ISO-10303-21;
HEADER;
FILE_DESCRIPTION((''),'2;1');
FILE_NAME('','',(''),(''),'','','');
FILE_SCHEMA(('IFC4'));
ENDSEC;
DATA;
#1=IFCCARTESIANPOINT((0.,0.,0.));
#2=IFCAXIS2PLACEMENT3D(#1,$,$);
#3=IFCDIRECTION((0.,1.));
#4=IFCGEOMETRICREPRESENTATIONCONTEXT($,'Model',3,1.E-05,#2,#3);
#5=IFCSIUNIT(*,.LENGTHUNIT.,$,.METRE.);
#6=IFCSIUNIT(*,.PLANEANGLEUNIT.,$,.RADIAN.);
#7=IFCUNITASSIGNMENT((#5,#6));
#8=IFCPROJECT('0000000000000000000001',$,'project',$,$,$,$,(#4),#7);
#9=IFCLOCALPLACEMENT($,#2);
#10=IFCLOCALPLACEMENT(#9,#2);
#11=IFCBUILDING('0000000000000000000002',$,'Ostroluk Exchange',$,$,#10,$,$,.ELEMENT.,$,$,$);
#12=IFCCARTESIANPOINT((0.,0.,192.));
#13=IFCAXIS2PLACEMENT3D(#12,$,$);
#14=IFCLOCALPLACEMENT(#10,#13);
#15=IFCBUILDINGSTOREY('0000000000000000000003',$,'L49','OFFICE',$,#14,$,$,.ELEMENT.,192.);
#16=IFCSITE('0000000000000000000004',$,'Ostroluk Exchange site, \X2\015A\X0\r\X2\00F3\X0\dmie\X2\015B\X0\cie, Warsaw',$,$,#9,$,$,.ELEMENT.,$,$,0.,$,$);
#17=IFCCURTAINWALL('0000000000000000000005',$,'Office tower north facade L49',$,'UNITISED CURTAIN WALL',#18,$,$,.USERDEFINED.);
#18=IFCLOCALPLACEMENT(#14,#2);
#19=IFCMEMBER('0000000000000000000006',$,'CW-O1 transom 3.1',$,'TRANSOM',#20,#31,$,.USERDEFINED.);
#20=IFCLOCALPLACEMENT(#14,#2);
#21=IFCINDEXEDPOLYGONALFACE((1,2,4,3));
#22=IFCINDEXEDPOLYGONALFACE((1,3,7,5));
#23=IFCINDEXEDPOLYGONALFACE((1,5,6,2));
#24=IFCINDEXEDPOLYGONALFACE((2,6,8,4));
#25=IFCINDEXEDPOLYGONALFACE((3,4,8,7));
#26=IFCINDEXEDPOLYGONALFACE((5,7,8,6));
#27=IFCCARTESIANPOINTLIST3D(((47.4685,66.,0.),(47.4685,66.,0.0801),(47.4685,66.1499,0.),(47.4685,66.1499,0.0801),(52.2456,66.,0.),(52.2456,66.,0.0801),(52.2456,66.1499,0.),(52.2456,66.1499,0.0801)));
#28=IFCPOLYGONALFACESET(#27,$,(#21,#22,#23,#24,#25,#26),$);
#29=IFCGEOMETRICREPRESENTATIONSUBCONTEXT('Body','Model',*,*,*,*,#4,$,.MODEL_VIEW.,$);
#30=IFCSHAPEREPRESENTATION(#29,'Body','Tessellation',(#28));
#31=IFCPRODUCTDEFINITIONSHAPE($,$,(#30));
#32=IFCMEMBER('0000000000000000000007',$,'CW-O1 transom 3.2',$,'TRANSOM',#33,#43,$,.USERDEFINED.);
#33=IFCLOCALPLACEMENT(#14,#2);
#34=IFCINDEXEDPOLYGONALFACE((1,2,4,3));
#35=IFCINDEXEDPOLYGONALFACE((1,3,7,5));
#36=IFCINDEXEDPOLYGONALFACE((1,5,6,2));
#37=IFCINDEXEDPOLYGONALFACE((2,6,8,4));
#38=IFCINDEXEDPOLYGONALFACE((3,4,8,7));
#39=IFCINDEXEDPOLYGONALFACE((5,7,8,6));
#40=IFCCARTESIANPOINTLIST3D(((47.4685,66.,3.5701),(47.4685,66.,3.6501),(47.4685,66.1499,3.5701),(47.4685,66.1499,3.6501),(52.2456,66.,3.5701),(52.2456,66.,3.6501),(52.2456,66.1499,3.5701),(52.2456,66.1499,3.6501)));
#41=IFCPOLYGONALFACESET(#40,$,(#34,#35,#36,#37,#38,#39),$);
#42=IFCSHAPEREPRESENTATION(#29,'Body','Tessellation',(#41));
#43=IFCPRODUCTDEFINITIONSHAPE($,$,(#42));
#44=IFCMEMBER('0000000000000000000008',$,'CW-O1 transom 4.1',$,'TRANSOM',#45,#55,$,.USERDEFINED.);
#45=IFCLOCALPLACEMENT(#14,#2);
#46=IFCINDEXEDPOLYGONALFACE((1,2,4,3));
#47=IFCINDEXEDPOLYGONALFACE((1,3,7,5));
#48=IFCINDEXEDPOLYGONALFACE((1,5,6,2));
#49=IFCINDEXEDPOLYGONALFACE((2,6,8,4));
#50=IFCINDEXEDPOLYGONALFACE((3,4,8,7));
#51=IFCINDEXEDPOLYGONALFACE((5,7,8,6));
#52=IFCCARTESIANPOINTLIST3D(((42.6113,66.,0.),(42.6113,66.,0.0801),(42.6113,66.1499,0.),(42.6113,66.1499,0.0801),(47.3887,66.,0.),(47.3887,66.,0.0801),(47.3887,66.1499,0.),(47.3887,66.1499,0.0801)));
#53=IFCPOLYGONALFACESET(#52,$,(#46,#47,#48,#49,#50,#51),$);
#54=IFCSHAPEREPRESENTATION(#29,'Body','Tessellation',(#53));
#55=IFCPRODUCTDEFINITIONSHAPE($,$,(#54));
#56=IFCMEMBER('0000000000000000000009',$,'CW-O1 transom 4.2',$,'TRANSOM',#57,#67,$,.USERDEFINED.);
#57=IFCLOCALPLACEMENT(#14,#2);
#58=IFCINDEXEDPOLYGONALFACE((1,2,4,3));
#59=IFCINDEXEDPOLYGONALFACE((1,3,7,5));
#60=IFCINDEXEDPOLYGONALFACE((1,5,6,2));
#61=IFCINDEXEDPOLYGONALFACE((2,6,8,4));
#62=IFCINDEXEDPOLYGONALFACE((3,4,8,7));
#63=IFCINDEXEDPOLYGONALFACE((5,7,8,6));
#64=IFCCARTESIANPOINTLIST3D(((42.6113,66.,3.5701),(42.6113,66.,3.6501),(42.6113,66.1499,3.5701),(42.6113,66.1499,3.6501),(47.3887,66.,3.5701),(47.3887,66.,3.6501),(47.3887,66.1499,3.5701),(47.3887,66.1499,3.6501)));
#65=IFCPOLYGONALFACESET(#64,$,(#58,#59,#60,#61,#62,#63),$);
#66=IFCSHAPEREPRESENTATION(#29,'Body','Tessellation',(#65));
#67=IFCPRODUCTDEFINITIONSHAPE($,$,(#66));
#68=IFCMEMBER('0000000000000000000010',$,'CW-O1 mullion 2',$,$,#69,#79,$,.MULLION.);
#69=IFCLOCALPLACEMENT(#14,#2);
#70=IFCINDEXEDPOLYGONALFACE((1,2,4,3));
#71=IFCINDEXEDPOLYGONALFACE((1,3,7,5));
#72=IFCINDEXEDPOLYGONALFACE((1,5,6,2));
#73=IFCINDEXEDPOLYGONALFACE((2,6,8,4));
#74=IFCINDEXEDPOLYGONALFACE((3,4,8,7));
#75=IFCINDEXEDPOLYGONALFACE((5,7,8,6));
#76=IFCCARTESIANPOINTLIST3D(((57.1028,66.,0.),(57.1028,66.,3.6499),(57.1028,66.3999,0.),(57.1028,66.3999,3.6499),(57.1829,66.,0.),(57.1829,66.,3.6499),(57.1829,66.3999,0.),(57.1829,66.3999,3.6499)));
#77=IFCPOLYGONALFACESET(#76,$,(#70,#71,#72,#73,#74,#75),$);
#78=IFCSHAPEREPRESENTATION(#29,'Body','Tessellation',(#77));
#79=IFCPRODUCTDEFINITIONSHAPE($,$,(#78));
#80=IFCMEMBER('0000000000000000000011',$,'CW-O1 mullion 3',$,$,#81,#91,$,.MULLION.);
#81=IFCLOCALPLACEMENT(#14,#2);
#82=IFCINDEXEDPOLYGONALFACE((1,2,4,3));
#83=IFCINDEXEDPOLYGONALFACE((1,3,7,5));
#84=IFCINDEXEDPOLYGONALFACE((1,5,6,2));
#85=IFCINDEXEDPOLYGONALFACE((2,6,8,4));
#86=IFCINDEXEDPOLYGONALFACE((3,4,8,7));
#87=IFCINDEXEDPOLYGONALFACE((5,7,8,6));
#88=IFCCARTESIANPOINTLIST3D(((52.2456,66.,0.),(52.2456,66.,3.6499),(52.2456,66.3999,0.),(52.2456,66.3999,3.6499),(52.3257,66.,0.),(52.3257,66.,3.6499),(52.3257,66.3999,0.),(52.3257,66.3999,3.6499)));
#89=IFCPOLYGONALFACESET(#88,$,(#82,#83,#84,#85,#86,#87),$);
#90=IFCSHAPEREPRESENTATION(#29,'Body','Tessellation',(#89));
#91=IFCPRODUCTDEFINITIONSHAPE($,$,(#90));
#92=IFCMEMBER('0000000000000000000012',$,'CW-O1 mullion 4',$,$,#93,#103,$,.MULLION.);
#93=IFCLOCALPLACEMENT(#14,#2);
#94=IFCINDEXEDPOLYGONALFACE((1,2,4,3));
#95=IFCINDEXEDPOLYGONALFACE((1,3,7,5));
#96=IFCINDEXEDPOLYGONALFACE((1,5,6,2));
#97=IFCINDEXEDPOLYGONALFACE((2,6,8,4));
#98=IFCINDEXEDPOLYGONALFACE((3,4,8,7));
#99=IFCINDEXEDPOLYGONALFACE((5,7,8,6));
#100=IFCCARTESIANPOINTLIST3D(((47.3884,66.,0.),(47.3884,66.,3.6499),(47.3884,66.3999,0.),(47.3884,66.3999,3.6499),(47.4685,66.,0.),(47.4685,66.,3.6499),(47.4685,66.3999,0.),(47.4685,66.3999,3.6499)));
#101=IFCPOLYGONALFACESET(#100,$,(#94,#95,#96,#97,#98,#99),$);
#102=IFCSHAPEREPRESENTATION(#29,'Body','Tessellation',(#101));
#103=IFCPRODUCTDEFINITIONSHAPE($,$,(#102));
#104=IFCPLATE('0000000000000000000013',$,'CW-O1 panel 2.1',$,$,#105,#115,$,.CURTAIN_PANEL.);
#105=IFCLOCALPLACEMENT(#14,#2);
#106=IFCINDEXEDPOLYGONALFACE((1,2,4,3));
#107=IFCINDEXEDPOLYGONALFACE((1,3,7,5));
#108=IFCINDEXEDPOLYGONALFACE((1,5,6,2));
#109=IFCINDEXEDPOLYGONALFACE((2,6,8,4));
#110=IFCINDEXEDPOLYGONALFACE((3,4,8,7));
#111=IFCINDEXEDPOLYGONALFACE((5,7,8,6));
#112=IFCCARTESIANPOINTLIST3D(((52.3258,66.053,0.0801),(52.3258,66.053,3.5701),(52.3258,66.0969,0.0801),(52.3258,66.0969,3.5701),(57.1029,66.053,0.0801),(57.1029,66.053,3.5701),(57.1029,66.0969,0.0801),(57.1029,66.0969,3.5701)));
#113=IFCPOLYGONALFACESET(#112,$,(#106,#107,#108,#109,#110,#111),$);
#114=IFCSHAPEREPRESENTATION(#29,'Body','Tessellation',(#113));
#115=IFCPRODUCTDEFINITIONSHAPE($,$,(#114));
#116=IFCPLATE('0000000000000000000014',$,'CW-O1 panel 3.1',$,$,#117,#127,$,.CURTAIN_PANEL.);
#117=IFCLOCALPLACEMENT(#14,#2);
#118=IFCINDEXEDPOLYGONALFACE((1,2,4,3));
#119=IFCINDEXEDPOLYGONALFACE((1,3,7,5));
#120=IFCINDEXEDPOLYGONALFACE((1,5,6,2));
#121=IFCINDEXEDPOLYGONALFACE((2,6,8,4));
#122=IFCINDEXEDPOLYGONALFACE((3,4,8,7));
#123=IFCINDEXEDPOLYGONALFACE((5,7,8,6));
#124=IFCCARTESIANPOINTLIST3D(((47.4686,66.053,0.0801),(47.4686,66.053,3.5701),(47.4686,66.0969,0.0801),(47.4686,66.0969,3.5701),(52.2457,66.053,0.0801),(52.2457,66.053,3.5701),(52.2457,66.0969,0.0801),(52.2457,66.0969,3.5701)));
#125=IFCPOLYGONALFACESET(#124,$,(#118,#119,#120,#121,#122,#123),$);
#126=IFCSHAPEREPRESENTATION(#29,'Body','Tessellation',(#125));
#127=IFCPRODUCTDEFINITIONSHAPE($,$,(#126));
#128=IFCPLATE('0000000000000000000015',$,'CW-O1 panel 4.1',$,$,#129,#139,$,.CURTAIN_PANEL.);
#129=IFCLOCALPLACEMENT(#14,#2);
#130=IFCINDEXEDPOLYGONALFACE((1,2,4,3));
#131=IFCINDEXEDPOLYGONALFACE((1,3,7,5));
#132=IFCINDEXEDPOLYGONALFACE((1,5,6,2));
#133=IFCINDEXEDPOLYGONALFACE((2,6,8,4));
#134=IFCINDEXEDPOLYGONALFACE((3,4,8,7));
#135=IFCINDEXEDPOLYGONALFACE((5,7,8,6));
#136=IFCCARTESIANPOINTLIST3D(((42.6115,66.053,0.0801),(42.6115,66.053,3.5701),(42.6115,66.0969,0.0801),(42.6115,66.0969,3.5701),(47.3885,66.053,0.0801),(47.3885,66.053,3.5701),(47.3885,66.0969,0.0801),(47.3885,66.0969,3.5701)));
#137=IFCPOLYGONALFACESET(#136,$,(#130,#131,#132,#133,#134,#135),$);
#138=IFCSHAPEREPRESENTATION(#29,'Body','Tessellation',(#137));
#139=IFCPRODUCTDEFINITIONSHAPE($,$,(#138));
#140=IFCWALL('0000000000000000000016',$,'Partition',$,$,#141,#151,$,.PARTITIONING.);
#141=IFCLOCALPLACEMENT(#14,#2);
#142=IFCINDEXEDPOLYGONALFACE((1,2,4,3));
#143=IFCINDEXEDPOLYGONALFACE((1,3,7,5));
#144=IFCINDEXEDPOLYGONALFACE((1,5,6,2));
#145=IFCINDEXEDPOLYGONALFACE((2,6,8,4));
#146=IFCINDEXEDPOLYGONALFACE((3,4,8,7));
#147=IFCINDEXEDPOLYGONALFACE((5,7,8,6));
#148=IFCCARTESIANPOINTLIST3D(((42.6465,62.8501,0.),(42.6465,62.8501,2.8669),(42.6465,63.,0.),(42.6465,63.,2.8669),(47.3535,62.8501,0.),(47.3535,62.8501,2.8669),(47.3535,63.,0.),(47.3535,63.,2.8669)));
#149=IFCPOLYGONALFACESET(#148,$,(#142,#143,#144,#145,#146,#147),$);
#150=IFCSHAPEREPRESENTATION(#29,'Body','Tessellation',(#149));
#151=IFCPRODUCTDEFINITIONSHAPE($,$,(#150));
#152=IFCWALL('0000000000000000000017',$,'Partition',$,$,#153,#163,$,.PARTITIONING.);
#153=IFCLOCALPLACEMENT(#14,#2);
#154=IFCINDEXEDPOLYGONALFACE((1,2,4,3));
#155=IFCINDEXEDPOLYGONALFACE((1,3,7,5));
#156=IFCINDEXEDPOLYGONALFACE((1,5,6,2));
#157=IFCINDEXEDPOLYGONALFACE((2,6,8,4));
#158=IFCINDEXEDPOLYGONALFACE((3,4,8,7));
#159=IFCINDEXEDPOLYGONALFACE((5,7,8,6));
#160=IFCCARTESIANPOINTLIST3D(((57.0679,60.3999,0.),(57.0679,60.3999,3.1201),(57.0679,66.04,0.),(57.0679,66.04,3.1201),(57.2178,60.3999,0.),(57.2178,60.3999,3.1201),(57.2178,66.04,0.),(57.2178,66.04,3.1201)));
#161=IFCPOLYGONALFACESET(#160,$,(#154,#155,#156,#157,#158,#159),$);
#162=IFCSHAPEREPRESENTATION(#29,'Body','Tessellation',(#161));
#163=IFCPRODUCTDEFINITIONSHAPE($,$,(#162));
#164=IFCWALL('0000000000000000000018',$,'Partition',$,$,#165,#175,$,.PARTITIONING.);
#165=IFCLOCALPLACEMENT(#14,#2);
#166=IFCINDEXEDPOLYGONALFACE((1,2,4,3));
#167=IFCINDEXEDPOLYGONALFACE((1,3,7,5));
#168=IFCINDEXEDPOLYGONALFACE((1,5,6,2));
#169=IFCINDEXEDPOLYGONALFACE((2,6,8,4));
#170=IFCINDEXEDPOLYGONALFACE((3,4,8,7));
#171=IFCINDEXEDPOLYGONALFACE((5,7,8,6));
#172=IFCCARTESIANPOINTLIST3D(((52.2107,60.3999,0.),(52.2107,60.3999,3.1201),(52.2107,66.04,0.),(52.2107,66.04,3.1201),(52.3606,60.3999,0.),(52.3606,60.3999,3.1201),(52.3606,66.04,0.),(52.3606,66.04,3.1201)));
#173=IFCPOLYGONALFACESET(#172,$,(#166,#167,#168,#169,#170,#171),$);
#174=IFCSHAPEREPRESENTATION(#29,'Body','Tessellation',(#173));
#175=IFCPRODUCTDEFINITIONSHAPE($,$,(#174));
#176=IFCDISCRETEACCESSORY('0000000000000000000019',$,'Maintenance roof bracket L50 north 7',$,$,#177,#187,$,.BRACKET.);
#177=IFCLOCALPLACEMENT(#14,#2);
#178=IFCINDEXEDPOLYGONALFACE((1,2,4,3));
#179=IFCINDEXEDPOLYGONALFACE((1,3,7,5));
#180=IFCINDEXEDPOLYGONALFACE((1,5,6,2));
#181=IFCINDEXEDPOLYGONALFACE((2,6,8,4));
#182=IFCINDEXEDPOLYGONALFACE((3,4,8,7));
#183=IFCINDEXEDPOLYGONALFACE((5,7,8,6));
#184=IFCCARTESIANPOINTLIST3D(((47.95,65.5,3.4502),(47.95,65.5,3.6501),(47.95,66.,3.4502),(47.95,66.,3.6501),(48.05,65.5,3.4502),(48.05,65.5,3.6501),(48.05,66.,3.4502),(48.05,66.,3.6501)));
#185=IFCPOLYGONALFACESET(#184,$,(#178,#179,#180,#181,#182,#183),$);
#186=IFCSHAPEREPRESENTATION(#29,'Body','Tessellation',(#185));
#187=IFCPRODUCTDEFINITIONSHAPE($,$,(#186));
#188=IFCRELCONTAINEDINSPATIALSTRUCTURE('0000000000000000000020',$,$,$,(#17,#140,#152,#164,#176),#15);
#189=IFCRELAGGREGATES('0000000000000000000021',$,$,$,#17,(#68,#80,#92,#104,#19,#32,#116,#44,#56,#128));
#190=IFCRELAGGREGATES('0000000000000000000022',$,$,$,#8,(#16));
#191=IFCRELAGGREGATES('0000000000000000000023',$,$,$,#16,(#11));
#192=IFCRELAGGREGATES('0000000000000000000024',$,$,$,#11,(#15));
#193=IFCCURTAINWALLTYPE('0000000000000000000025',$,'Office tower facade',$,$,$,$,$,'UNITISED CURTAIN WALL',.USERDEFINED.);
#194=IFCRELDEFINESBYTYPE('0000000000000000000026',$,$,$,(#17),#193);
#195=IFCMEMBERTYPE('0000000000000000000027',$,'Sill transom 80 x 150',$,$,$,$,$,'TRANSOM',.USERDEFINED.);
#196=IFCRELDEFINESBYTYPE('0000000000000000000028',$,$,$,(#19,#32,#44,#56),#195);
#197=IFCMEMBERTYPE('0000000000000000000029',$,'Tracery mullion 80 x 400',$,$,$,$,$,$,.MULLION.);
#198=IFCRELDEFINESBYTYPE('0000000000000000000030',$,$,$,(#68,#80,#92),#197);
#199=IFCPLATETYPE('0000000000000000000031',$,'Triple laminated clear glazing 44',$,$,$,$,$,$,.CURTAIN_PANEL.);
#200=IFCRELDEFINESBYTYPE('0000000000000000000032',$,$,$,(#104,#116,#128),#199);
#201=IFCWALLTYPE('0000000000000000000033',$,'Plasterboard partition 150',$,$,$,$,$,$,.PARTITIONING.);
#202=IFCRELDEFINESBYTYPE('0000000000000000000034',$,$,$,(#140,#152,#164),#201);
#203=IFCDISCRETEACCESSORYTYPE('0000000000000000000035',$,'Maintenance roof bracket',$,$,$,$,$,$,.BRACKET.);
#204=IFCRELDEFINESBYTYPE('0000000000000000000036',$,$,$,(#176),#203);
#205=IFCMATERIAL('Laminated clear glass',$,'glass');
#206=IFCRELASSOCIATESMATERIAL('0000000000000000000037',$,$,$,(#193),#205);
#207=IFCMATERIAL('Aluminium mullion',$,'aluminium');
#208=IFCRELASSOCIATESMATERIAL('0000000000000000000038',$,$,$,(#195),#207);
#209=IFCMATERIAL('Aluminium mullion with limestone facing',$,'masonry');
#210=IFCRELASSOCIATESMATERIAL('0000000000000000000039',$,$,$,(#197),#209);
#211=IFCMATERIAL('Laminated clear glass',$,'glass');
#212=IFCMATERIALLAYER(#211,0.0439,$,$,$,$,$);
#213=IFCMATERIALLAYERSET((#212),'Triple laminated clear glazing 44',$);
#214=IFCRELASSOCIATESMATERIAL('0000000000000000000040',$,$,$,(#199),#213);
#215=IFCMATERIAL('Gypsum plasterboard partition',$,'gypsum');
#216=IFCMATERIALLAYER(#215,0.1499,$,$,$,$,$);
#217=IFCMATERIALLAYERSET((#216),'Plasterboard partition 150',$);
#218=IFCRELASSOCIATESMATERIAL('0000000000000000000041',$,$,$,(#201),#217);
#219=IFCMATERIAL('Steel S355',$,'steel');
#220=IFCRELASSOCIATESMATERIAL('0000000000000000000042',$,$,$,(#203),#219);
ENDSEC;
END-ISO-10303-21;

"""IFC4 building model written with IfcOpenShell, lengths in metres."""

from ifc_helpers import new_model, si_unit, direction, frame, frame_2d, origin, origin_2d, place, context, subcontext, project, spatial, rectangle, extrude, material, layer, layer_set, material_profile, profile_set, type_object, element, aggregate, save


model = new_model("IFC4")

# Units and contexts
model_context = context("Model", 3, precision=1e-05, world=origin(), true_north=direction((0.0, 1.0)))
body_context = subcontext(model_context, "Body", "Model", "MODEL_VIEW")
ifc_project = project(units=[si_unit("LENGTHUNIT", "METRE"), si_unit("PLANEANGLEUNIT", "RADIAN")], contexts=[model_context])

# Site, building, storey
site_placement = place(None, origin())
site = spatial("IfcSite", under=ifc_project, at=site_placement, Name="Ostroluk Exchange site, Śródmieście, Warsaw", CompositionType="ELEMENT", RefElevation=0.0)
building_placement = place(site_placement, origin())
building = spatial("IfcBuilding", under=site, at=building_placement, Name="Ostroluk Exchange", CompositionType="ELEMENT")
storey_placement = place(building_placement, frame((0.0, 0.0, 192.0)))
storey = spatial("IfcBuildingStorey", under=building, at=storey_placement, Name="L49", Description="OFFICE", CompositionType="ELEMENT", Elevation=192.0)

# Curtain wall, members, plates
ifc_material_1 = material(Name="Laminated clear glass", Category="glass")
curtain_wall_type = type_object("IfcCurtainWallType", Name="Office tower facade", ElementType="UNITISED CURTAIN WALL", PredefinedType="USERDEFINED", material=ifc_material_1)
curtain_wall_placement = place(storey_placement, origin())
curtain_wall = element("IfcCurtainWall", 1, at=curtain_wall_placement, inside=storey, type_object=curtain_wall_type, Name="Office tower north facade L49", ObjectType="UNITISED CURTAIN WALL", PredefinedType="USERDEFINED")
ifc_material_2 = material(Name="Aluminium mullion", Category="aluminium")
ifc_material_profile_1 = material_profile(ifc_material_2, rectangle(XDim=0.1499, YDim=0.0801, at=origin_2d()), Name="Sill transom 80 x 150")
ifc_profile_set_1 = profile_set([ifc_material_profile_1], Name="Aluminium mullion")
member_type_1 = type_object("IfcMemberType", Name="Sill transom 80 x 150", ElementType="TRANSOM", PredefinedType="USERDEFINED", material=ifc_profile_set_1)
member_1_placement = place(storey_placement, frame((52.2456, 66.075, 0.04), z_axis=(-1.0, 0.0, 0.0), x_axis=(0.0, -1.0, 0.0)))
member_1 = element("IfcMember", 2, at=member_1_placement, type_object=member_type_1, Name="CW-O1 transom 3.1", ObjectType="TRANSOM", PredefinedType="USERDEFINED", context=body_context, shape_type="SweptSolid", body=[
    extrude(rectangle(XDim=0.1499, YDim=0.0801, at=origin_2d()), origin(), (0.0, 0.0, 1.0), 4.7771),
])
member_2_placement = place(storey_placement, frame((52.2456, 66.075, 3.6101), z_axis=(-1.0, 0.0, 0.0), x_axis=(0.0, -1.0, 0.0)))
member_2 = element("IfcMember", 3, at=member_2_placement, type_object=member_type_1, Name="CW-O1 transom 3.2", ObjectType="TRANSOM", PredefinedType="USERDEFINED", context=body_context, shape_type="SweptSolid", body=[
    extrude(rectangle(XDim=0.1499, YDim=0.0801, at=origin_2d()), origin(), (0.0, 0.0, 1.0), 4.7771),
])
member_3_placement = place(storey_placement, frame((47.3887, 66.075, 0.04), z_axis=(-1.0, 0.0, 0.0), x_axis=(0.0, -1.0, 0.0)))
member_3 = element("IfcMember", 4, at=member_3_placement, type_object=member_type_1, Name="CW-O1 transom 4.1", ObjectType="TRANSOM", PredefinedType="USERDEFINED", context=body_context, shape_type="SweptSolid", body=[
    extrude(rectangle(XDim=0.1499, YDim=0.0801, at=origin_2d()), origin(), (0.0, 0.0, 1.0), 4.7773),
])
member_4_placement = place(storey_placement, frame((47.3887, 66.075, 3.6101), z_axis=(-1.0, 0.0, 0.0), x_axis=(0.0, -1.0, 0.0)))
member_4 = element("IfcMember", 5, at=member_4_placement, type_object=member_type_1, Name="CW-O1 transom 4.2", ObjectType="TRANSOM", PredefinedType="USERDEFINED", context=body_context, shape_type="SweptSolid", body=[
    extrude(rectangle(XDim=0.1499, YDim=0.0801, at=origin_2d()), origin(), (0.0, 0.0, 1.0), 4.7773),
])
ifc_material_3 = material(Name="Aluminium mullion with limestone facing", Category="masonry")
ifc_material_profile_2 = material_profile(ifc_material_3, rectangle(XDim=0.3999, YDim=0.0801, at=origin_2d()), Name="Tracery mullion 80 x 400")
ifc_profile_set_2 = profile_set([ifc_material_profile_2], Name="Aluminium mullion with limestone facing")
member_type_2 = type_object("IfcMemberType", Name="Tracery mullion 80 x 400", PredefinedType="MULLION", material=ifc_profile_set_2)
member_5_placement = place(storey_placement, frame((57.1428, 66.2, 0.0), z_axis=(0.0, 0.0, 1.0), x_axis=(0.0, -1.0, 0.0)))
member_5 = element("IfcMember", 6, at=member_5_placement, type_object=member_type_2, Name="CW-O1 mullion 2", PredefinedType="MULLION", context=body_context, shape_type="SweptSolid", body=[
    extrude(rectangle(XDim=0.3999, YDim=0.0801, at=origin_2d()), origin(), (0.0, 0.0, 1.0), 3.6499),
])
member_6_placement = place(storey_placement, frame((52.2856, 66.2, 0.0), z_axis=(0.0, 0.0, 1.0), x_axis=(0.0, -1.0, 0.0)))
member_6 = element("IfcMember", 7, at=member_6_placement, type_object=member_type_2, Name="CW-O1 mullion 3", PredefinedType="MULLION", context=body_context, shape_type="SweptSolid", body=[
    extrude(rectangle(XDim=0.3999, YDim=0.0801, at=origin_2d()), origin(), (0.0, 0.0, 1.0), 3.6499),
])
member_7_placement = place(storey_placement, frame((47.4285, 66.2, 0.0), z_axis=(0.0, 0.0, 1.0), x_axis=(0.0, -1.0, 0.0)))
member_7 = element("IfcMember", 8, at=member_7_placement, type_object=member_type_2, Name="CW-O1 mullion 4", PredefinedType="MULLION", context=body_context, shape_type="SweptSolid", body=[
    extrude(rectangle(XDim=0.3999, YDim=0.0801, at=origin_2d()), origin(), (0.0, 0.0, 1.0), 3.6499),
])
ifc_material_4 = material(Name="Laminated clear glass", Category="glass")
ifc_layer_1 = layer(ifc_material_4, 0.0439)
ifc_layer_set_1 = layer_set([ifc_layer_1], Name="Triple laminated clear glazing 44")
plate_type = type_object("IfcPlateType", Name="Triple laminated clear glazing 44", PredefinedType="CURTAIN_PANEL", material=ifc_layer_set_1)
plate_1_placement = place(storey_placement, frame((54.7144, 66.075, 0.0801), z_axis=(0.0, 0.0, 1.0), x_axis=(-1.0, 0.0, 0.0)))
plate_1 = element("IfcPlate", 9, at=plate_1_placement, type_object=plate_type, Name="CW-O1 panel 2.1", PredefinedType="CURTAIN_PANEL", context=body_context, shape_type="SweptSolid", body=[
    extrude(rectangle(XDim=4.7771, YDim=0.0439, at=origin_2d()), origin(), (0.0, 0.0, 1.0), 3.49),
])
plate_2_placement = place(storey_placement, frame((49.8572, 66.075, 0.0801), z_axis=(0.0, 0.0, 1.0), x_axis=(-1.0, 0.0, 0.0)))
plate_2 = element("IfcPlate", 10, at=plate_2_placement, type_object=plate_type, Name="CW-O1 panel 3.1", PredefinedType="CURTAIN_PANEL", context=body_context, shape_type="SweptSolid", body=[
    extrude(rectangle(XDim=4.7771, YDim=0.0439, at=origin_2d()), origin(), (0.0, 0.0, 1.0), 3.49),
])
plate_3_placement = place(storey_placement, frame((45.0, 66.075, 0.0801), z_axis=(0.0, 0.0, 1.0), x_axis=(-1.0, 0.0, 0.0)))
plate_3 = element("IfcPlate", 11, at=plate_3_placement, type_object=plate_type, Name="CW-O1 panel 4.1", PredefinedType="CURTAIN_PANEL", context=body_context, shape_type="SweptSolid", body=[
    extrude(rectangle(XDim=4.7771, YDim=0.0439, at=origin_2d()), origin(), (0.0, 0.0, 1.0), 3.49),
])
aggregate(curtain_wall, [member_5, member_6, member_7, plate_1, member_1, member_2, plate_2, member_3, member_4, plate_3])

# Walls
ifc_material_5 = material(Name="Gypsum plasterboard partition", Category="gypsum")
ifc_layer_2 = layer(ifc_material_5, 0.1499)
ifc_layer_set_2 = layer_set([ifc_layer_2], Name="Plasterboard partition 150")
wall_type = type_object("IfcWallType", Name="Plasterboard partition 150", PredefinedType="PARTITIONING", material=ifc_layer_set_2)
wall_placement = place(storey_placement, frame((47.3535, 62.925, 0.0), z_axis=(0.0, 0.0, 1.0), x_axis=(-1.0, 0.0, 0.0)))
element("IfcWall", 12, at=wall_placement, inside=storey, type_object=wall_type, Name="Partition", PredefinedType="PARTITIONING", context=body_context, shape_type="SweptSolid", body=[
    extrude(rectangle(XDim=4.707, YDim=0.1499, at=frame_2d((2.3535, 0.0))), origin(), (0.0, 0.0, 1.0), 2.8669),
])
for number, where, z_axis, x_axis, name in (
    (13, (57.1428, 60.3999, 0.0), (0.0, 0.0, 1.0), (0.0, 1.0, 0.0), "Partition"),
    (14, (52.2856, 60.3999, 0.0), (0.0, 0.0, 1.0), (0.0, 1.0, 0.0), "Partition"),
):
    element("IfcWall", number, at=place(storey_placement, frame(where, z_axis=z_axis, x_axis=x_axis)), inside=storey, type_object=wall_type, Name=name, PredefinedType="PARTITIONING", context=body_context, shape_type="SweptSolid", body=[
        extrude(rectangle(XDim=5.6401, YDim=0.1499, at=frame_2d((2.8201, 0.0))), origin(), (0.0, 0.0, 1.0), 3.1201),
    ])

# Discrete accessory
ifc_material_6 = material(Name="Steel S355", Category="steel")
discrete_accessory_type = type_object("IfcDiscreteAccessoryType", Name="Maintenance roof bracket", PredefinedType="BRACKET", material=ifc_material_6)
for number, where, z_axis, x_axis, name in (
    (15, (48.0, 65.75, 3.4502), (0.0, 0.0, 1.0), (1.0, 0.0, 0.0), "Maintenance roof bracket L50 north 7"),
):
    element("IfcDiscreteAccessory", number, at=place(storey_placement, frame(where, z_axis=z_axis, x_axis=x_axis)), inside=storey, type_object=discrete_accessory_type, Name=name, PredefinedType="BRACKET", context=body_context, shape_type="SweptSolid", body=[
        extrude(rectangle(XDim=0.1001, YDim=0.5, at=origin_2d()), origin(), (0.0, 0.0, 1.0), 0.2),
    ])

save(model, "model.ifc")
